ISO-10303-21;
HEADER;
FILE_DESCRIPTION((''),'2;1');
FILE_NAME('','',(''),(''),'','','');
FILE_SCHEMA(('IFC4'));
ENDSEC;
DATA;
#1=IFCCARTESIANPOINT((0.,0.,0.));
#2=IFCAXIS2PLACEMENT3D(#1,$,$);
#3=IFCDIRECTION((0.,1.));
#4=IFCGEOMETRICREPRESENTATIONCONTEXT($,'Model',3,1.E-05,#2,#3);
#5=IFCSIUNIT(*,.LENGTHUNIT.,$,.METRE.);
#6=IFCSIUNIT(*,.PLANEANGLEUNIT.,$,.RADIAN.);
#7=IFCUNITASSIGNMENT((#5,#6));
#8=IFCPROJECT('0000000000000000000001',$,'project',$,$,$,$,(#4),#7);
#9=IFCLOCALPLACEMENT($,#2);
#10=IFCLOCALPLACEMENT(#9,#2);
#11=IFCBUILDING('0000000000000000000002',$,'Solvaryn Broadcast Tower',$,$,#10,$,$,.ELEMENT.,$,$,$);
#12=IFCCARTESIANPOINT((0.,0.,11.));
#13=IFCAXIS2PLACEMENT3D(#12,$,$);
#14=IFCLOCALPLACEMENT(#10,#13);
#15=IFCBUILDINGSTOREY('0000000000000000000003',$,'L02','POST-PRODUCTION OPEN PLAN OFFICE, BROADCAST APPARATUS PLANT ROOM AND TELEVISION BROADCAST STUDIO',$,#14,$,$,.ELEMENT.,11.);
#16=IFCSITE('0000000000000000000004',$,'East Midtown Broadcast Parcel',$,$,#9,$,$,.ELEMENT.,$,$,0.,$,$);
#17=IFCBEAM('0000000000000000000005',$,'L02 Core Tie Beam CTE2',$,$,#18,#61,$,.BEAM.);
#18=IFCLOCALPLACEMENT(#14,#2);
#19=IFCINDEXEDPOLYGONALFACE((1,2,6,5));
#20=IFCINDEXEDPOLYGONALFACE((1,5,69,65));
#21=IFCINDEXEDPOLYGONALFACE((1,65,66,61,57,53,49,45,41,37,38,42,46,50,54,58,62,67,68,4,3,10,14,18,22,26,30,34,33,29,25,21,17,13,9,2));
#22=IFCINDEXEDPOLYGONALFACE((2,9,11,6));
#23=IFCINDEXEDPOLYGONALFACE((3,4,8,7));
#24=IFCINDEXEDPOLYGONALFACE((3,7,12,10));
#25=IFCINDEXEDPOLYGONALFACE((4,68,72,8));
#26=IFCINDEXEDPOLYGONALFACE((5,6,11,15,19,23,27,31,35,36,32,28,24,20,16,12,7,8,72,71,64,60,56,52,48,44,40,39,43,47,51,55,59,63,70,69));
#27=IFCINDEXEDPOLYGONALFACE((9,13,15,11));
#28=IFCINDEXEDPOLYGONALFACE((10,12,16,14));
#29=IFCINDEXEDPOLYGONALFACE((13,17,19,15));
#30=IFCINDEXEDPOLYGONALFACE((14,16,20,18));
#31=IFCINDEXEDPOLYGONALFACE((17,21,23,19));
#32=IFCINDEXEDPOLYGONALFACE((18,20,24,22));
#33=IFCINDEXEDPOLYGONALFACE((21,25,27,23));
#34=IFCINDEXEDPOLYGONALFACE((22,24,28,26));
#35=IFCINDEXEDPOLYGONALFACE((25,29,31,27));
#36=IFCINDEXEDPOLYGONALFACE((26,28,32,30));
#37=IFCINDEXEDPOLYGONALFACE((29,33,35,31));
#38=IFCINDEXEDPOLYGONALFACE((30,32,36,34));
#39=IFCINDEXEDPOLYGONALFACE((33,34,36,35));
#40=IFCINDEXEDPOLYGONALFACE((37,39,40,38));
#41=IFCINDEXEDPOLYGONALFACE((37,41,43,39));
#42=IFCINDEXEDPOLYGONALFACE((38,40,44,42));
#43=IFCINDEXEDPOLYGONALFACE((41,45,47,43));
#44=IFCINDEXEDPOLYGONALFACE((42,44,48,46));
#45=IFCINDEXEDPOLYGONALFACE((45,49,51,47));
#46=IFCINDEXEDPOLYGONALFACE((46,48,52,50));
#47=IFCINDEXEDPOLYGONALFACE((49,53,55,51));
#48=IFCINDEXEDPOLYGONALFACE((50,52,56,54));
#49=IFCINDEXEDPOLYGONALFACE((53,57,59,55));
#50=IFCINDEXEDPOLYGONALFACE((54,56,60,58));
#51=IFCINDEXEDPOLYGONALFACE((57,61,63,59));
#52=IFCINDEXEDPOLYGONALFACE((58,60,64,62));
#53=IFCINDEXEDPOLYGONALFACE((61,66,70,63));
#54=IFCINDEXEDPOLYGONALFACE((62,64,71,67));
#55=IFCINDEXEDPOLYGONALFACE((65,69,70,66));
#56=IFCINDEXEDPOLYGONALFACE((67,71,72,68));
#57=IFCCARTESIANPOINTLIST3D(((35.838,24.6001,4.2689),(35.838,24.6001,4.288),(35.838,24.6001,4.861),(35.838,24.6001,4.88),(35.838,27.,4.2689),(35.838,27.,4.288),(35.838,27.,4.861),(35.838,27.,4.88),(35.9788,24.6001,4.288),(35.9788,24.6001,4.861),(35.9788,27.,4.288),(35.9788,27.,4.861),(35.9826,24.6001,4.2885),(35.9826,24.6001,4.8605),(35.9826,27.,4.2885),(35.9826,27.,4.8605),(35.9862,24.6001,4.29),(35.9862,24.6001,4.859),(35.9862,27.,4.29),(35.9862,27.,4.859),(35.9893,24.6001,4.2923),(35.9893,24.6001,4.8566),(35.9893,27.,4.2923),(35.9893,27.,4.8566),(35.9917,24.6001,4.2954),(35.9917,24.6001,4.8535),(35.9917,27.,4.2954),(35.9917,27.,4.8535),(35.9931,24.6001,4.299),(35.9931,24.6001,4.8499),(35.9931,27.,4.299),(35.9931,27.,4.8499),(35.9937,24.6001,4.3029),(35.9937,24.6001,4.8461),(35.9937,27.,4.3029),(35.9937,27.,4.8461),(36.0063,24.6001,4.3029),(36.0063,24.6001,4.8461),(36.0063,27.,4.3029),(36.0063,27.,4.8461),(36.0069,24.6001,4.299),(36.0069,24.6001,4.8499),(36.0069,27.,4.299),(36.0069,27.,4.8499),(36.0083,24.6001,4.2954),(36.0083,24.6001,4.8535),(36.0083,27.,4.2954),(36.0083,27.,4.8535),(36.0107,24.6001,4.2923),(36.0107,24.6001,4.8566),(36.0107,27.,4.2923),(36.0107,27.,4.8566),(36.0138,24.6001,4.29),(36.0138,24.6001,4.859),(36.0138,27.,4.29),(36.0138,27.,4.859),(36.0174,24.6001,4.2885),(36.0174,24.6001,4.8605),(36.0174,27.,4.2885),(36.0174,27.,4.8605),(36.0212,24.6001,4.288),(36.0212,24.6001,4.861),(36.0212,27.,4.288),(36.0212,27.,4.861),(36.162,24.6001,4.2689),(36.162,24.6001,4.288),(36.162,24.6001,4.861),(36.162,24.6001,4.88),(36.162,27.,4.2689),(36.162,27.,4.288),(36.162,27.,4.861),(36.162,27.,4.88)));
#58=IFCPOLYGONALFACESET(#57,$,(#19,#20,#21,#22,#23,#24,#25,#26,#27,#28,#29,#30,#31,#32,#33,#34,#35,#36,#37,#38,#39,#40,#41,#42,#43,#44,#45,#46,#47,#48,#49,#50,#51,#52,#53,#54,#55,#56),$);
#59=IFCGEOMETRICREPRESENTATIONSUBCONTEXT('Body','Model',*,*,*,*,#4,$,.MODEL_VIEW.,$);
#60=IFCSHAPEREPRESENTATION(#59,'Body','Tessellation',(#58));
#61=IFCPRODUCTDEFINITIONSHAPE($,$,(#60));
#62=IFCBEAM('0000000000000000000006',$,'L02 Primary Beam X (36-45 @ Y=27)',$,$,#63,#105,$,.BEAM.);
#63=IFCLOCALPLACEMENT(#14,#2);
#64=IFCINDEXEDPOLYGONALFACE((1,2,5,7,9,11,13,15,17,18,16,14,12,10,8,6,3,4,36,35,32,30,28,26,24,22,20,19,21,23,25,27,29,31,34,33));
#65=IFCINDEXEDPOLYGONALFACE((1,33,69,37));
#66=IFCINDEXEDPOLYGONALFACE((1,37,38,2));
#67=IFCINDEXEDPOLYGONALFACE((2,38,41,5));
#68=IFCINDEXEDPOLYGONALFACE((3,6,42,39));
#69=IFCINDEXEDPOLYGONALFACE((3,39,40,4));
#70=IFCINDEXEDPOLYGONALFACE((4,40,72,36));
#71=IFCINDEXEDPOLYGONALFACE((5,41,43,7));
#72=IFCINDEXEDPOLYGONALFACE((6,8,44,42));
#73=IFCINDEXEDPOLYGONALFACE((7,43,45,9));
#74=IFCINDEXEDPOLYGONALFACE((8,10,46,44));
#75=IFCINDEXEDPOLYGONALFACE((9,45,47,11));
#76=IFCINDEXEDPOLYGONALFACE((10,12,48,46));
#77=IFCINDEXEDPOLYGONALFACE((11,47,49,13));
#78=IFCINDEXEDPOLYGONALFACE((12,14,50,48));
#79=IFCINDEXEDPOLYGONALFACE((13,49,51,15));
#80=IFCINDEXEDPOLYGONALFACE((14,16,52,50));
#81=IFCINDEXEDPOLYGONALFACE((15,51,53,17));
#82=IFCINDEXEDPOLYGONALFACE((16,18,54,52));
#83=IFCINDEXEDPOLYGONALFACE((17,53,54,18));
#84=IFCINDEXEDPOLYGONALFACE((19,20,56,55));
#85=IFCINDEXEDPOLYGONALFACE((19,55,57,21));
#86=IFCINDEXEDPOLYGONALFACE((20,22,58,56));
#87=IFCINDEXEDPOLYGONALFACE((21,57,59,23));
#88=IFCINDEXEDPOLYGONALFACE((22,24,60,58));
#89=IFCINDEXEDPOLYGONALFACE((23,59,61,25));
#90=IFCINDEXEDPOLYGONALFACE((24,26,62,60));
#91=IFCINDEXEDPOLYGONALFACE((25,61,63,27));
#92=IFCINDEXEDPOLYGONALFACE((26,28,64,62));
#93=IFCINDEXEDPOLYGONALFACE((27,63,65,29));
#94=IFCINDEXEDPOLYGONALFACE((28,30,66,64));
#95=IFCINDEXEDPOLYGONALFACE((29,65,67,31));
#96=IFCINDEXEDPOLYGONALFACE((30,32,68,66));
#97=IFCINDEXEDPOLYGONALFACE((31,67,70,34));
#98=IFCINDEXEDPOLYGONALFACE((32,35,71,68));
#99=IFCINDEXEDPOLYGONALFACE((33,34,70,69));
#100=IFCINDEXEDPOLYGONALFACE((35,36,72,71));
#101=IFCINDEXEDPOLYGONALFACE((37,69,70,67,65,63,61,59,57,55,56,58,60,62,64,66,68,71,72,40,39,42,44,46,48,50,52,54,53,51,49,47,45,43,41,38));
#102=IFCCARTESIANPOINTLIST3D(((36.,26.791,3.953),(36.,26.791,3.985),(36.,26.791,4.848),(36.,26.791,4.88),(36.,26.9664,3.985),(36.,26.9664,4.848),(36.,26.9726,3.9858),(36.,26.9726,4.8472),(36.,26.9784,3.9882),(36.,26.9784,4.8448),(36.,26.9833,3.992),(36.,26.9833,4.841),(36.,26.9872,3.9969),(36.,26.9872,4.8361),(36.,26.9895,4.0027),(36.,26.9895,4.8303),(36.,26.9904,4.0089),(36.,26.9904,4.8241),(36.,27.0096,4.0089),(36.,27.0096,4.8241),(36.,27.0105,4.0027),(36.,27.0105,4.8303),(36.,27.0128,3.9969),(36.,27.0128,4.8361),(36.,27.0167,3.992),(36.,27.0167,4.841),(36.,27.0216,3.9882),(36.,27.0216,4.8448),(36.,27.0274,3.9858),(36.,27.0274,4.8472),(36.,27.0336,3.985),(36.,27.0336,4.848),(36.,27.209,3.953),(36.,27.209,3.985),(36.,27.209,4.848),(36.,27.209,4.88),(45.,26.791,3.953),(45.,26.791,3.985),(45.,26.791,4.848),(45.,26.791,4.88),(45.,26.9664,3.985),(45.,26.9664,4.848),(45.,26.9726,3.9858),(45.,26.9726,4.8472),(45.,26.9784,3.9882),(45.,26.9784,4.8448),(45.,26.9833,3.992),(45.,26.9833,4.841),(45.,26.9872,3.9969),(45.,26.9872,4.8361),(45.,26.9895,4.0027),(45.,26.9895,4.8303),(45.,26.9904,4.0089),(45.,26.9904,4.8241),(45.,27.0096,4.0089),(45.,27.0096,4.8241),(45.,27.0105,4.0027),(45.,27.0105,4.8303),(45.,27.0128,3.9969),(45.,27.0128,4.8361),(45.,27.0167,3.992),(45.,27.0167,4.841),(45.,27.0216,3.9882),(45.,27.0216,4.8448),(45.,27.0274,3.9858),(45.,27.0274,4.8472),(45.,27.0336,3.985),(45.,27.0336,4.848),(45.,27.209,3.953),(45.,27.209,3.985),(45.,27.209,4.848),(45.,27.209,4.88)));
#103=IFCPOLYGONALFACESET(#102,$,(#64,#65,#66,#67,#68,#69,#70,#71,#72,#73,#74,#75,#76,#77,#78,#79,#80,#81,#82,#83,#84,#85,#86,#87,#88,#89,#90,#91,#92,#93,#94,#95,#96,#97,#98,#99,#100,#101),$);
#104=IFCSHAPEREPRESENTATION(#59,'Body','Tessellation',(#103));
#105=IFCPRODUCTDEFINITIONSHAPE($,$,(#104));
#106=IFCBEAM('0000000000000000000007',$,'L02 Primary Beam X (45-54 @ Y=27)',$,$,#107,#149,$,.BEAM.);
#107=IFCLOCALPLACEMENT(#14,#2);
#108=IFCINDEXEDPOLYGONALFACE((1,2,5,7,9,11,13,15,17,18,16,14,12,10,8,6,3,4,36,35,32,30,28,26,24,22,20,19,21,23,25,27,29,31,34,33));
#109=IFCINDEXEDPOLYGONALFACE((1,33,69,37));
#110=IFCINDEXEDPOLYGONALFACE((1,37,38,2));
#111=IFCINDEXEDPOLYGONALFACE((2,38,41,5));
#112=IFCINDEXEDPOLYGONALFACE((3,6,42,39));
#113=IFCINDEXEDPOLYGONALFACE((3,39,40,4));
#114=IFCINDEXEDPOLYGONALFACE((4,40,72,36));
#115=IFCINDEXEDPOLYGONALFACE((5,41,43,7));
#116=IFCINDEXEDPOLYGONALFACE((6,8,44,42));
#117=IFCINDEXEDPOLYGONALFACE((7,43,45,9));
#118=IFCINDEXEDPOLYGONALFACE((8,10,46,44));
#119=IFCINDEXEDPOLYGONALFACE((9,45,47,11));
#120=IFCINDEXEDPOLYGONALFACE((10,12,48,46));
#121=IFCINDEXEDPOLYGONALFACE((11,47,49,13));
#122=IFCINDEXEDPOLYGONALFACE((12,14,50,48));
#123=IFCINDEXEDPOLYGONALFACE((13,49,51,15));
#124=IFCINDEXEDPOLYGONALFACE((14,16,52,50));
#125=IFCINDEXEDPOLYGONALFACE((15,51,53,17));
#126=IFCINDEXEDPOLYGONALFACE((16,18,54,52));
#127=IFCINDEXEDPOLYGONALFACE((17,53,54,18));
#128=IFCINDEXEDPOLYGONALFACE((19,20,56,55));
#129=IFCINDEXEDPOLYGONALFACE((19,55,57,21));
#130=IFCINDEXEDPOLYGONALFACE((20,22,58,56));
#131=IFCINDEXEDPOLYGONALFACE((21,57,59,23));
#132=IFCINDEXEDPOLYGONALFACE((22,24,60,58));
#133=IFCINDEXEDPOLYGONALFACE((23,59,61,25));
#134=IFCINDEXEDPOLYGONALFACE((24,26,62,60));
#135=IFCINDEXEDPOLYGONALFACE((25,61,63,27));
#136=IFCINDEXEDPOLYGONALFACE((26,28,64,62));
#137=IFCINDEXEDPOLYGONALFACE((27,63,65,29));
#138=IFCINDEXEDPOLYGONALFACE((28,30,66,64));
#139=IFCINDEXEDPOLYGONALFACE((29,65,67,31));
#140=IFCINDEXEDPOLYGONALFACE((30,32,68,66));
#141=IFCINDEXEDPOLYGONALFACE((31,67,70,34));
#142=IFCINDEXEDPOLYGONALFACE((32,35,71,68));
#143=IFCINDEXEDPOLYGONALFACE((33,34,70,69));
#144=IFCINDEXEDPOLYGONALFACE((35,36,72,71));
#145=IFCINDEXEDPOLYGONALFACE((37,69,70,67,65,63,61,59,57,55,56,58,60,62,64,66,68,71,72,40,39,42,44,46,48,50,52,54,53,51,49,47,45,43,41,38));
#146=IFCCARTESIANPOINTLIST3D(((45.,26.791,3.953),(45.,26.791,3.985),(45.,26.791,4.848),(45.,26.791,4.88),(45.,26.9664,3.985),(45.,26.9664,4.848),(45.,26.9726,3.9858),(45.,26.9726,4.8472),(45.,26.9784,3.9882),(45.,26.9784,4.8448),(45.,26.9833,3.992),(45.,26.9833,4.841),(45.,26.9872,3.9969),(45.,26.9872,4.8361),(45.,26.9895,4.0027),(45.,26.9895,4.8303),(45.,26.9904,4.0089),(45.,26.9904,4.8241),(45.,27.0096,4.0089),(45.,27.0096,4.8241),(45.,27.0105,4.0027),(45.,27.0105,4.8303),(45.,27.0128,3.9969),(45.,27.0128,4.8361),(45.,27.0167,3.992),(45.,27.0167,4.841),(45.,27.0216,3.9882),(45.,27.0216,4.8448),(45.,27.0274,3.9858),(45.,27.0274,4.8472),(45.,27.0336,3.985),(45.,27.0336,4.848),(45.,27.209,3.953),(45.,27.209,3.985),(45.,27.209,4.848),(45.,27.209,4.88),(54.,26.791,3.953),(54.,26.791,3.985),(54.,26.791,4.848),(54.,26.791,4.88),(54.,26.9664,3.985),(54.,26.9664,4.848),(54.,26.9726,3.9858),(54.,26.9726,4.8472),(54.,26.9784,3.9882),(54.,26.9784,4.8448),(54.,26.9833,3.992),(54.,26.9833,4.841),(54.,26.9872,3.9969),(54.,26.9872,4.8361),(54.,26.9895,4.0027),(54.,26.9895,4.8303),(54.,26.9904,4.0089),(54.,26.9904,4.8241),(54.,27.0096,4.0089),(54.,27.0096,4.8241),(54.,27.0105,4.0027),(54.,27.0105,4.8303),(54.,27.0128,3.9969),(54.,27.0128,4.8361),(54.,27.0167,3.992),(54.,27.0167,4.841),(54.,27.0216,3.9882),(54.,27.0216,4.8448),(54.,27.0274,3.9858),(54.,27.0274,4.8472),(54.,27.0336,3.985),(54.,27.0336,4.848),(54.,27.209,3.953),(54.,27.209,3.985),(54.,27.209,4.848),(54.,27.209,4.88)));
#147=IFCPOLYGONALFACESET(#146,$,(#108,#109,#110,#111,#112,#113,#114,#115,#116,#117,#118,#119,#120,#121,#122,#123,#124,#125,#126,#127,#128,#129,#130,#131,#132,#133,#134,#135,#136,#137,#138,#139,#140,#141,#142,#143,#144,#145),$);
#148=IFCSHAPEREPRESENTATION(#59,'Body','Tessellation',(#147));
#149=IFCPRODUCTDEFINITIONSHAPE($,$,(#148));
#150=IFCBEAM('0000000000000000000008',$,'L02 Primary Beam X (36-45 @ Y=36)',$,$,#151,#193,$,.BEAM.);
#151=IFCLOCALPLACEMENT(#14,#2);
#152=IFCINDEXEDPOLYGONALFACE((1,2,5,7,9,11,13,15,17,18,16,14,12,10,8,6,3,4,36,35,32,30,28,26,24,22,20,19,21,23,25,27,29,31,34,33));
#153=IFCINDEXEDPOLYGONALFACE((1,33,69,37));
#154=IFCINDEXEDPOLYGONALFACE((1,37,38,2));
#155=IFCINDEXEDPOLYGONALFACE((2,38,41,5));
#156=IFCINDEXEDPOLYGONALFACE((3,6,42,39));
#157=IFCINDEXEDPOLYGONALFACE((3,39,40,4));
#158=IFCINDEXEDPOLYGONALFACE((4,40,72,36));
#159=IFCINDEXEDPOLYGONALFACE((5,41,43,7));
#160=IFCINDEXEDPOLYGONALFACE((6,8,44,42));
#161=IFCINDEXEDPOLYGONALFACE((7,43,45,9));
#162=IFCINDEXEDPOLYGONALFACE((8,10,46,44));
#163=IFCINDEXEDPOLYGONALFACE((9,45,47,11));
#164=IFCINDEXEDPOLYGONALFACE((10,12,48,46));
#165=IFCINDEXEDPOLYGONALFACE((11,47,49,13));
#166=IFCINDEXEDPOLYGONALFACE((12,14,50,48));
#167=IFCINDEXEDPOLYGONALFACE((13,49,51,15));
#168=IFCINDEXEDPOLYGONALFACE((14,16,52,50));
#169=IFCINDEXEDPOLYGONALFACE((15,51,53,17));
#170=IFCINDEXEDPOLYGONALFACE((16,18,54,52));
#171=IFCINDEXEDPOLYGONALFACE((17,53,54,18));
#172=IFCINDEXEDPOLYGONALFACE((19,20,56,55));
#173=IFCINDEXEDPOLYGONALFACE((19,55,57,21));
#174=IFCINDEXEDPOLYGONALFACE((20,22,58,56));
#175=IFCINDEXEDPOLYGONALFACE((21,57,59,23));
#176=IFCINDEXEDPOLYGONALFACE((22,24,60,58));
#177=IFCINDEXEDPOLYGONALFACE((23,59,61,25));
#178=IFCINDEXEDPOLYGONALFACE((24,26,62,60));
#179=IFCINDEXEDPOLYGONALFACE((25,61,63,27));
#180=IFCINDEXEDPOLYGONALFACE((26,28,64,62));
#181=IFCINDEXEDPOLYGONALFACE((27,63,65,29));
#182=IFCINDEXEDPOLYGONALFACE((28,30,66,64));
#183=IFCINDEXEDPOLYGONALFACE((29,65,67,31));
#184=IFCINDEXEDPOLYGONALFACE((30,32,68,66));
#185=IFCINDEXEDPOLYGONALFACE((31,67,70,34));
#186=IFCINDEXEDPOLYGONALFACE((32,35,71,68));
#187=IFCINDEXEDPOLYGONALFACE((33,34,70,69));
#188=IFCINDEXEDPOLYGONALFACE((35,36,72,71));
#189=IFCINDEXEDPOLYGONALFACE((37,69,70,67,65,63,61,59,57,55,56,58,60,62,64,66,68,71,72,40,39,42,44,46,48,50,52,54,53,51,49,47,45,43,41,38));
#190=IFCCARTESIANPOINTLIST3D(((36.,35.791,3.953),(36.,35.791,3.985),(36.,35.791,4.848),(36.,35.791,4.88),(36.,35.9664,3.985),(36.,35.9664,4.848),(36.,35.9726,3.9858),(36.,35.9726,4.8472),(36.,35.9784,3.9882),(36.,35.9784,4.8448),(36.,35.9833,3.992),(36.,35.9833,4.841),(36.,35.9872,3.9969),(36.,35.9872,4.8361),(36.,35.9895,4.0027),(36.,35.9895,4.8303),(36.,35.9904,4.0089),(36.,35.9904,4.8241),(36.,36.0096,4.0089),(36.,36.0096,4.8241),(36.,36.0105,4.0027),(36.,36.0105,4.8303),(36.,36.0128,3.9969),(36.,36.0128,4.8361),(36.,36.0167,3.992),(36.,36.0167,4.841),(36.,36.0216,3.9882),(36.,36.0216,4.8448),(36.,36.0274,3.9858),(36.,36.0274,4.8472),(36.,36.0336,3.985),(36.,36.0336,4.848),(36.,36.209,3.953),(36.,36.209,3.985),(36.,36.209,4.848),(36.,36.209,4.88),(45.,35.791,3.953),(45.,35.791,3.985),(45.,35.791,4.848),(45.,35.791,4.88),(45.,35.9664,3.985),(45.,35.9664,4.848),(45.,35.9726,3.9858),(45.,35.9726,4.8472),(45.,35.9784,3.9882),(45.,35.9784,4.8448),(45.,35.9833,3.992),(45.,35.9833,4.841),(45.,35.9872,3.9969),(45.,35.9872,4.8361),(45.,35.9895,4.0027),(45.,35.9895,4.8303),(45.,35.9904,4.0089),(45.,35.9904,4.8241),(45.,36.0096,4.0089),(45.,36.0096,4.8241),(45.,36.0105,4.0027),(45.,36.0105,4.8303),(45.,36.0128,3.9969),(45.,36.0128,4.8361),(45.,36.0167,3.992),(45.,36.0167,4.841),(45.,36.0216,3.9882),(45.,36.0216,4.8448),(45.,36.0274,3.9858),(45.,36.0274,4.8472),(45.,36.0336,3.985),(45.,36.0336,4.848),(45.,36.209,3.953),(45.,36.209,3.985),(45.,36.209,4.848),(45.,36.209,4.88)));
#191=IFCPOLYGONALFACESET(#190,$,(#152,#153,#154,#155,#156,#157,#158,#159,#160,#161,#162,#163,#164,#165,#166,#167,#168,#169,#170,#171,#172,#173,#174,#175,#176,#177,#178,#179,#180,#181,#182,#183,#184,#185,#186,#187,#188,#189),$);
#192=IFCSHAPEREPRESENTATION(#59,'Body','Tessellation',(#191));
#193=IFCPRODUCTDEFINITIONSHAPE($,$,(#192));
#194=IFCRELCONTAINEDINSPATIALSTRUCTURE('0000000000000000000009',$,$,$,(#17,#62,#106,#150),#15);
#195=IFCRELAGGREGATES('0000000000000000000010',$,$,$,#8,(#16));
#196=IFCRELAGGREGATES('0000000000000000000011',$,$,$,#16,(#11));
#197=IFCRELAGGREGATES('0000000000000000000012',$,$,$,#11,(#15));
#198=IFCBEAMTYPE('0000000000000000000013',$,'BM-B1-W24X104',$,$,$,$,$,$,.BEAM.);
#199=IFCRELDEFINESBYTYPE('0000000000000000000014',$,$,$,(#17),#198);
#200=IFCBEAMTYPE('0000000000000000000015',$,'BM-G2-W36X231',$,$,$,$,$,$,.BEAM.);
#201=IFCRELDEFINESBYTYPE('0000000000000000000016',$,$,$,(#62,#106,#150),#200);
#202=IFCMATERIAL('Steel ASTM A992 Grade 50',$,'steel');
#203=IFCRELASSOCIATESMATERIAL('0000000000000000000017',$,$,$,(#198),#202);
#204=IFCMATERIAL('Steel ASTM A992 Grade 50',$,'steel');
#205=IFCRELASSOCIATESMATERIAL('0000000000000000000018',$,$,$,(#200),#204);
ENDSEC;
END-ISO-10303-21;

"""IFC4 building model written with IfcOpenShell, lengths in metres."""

from ifc_helpers import new_model, si_unit, direction, frame, origin, origin_2d, place, context, subcontext, project, spatial, i_section, extrude, material, material_profile, profile_set, type_object, element, save


model = new_model("IFC4")

# Units and contexts
model_context = context("Model", 3, precision=1e-05, world=origin(), true_north=direction((0.0, 1.0)))
body_context = subcontext(model_context, "Body", "Model", "MODEL_VIEW")
ifc_project = project(units=[si_unit("LENGTHUNIT", "METRE"), si_unit("PLANEANGLEUNIT", "RADIAN")], contexts=[model_context])

# Site, building, storey
site_placement = place(None, origin())
site = spatial("IfcSite", under=ifc_project, at=site_placement, Name="East Midtown Broadcast Parcel", CompositionType="ELEMENT", RefElevation=0.0)
building_placement = place(site_placement, origin())
building = spatial("IfcBuilding", under=site, at=building_placement, Name="Solvaryn Broadcast Tower", CompositionType="ELEMENT")
storey_placement = place(building_placement, frame((0.0, 0.0, 11.0)))
storey = spatial("IfcBuildingStorey", under=building, at=storey_placement, Name="L02", Description="POST-PRODUCTION OPEN PLAN OFFICE, BROADCAST APPARATUS PLANT ROOM AND TELEVISION BROADCAST STUDIO", CompositionType="ELEMENT", Elevation=11.0)

# Beams
ifc_material_1 = material(Name="Steel ASTM A992 Grade 50", Category="steel")
ifc_material_profile_1 = material_profile(ifc_material_1, i_section(OverallWidth=0.324, OverallDepth=0.6111, WebThickness=0.0127, FlangeThickness=0.019, FilletRadius=0.0149, at=origin_2d()))
ifc_profile_set_1 = profile_set([ifc_material_profile_1], Name="Steel ASTM A992 Grade 50")
beam_type_1 = type_object("IfcBeamType", Name="BM-B1-W24X104", PredefinedType="BEAM", material=ifc_profile_set_1)
beam_placement = place(storey_placement, frame((36.0, 24.6001, 4.5745), z_axis=(0.0, 1.0, 0.0), x_axis=(-1.0, 0.0, 0.0)))
element("IfcBeam", 1, at=beam_placement, inside=storey, type_object=beam_type_1, Name="L02 Core Tie Beam CTE2", PredefinedType="BEAM", context=body_context, shape_type="SweptSolid", body=[
    extrude(i_section(OverallWidth=0.324, OverallDepth=0.6111, WebThickness=0.0127, FlangeThickness=0.019, FilletRadius=0.0149, at=origin_2d()), origin(), (0.0, 0.0, 1.0), 2.3999),
])
ifc_material_2 = material(Name="Steel ASTM A992 Grade 50", Category="steel")
ifc_material_profile_2 = material_profile(ifc_material_2, i_section(OverallWidth=0.418, OverallDepth=0.927, WebThickness=0.0193, FlangeThickness=0.032, FilletRadius=0.0239, at=origin_2d()))
ifc_profile_set_2 = profile_set([ifc_material_profile_2], Name="Steel ASTM A992 Grade 50")
beam_type_2 = type_object("IfcBeamType", Name="BM-G2-W36X231", PredefinedType="BEAM", material=ifc_profile_set_2)
for number, where, z_axis, x_axis, name in (
    (2, (36.0, 27.0, 4.4165), (1.0, 0.0, 0.0), (0.0, 1.0, 0.0), "L02 Primary Beam X (36-45 @ Y=27)"),
    (3, (45.0, 27.0, 4.4165), (1.0, 0.0, 0.0), (0.0, 1.0, 0.0), "L02 Primary Beam X (45-54 @ Y=27)"),
    (4, (36.0, 36.0, 4.4165), (1.0, 0.0, 0.0), (0.0, 1.0, 0.0), "L02 Primary Beam X (36-45 @ Y=36)"),
):
    element("IfcBeam", number, at=place(storey_placement, frame(where, z_axis=z_axis, x_axis=x_axis)), inside=storey, type_object=beam_type_2, Name=name, PredefinedType="BEAM", context=body_context, shape_type="SweptSolid", body=[
        extrude(i_section(OverallWidth=0.418, OverallDepth=0.927, WebThickness=0.0193, FlangeThickness=0.032, FilletRadius=0.0239, at=origin_2d()), origin(), (0.0, 0.0, 1.0), 9.0),
    ])

save(model, "model.ifc")
